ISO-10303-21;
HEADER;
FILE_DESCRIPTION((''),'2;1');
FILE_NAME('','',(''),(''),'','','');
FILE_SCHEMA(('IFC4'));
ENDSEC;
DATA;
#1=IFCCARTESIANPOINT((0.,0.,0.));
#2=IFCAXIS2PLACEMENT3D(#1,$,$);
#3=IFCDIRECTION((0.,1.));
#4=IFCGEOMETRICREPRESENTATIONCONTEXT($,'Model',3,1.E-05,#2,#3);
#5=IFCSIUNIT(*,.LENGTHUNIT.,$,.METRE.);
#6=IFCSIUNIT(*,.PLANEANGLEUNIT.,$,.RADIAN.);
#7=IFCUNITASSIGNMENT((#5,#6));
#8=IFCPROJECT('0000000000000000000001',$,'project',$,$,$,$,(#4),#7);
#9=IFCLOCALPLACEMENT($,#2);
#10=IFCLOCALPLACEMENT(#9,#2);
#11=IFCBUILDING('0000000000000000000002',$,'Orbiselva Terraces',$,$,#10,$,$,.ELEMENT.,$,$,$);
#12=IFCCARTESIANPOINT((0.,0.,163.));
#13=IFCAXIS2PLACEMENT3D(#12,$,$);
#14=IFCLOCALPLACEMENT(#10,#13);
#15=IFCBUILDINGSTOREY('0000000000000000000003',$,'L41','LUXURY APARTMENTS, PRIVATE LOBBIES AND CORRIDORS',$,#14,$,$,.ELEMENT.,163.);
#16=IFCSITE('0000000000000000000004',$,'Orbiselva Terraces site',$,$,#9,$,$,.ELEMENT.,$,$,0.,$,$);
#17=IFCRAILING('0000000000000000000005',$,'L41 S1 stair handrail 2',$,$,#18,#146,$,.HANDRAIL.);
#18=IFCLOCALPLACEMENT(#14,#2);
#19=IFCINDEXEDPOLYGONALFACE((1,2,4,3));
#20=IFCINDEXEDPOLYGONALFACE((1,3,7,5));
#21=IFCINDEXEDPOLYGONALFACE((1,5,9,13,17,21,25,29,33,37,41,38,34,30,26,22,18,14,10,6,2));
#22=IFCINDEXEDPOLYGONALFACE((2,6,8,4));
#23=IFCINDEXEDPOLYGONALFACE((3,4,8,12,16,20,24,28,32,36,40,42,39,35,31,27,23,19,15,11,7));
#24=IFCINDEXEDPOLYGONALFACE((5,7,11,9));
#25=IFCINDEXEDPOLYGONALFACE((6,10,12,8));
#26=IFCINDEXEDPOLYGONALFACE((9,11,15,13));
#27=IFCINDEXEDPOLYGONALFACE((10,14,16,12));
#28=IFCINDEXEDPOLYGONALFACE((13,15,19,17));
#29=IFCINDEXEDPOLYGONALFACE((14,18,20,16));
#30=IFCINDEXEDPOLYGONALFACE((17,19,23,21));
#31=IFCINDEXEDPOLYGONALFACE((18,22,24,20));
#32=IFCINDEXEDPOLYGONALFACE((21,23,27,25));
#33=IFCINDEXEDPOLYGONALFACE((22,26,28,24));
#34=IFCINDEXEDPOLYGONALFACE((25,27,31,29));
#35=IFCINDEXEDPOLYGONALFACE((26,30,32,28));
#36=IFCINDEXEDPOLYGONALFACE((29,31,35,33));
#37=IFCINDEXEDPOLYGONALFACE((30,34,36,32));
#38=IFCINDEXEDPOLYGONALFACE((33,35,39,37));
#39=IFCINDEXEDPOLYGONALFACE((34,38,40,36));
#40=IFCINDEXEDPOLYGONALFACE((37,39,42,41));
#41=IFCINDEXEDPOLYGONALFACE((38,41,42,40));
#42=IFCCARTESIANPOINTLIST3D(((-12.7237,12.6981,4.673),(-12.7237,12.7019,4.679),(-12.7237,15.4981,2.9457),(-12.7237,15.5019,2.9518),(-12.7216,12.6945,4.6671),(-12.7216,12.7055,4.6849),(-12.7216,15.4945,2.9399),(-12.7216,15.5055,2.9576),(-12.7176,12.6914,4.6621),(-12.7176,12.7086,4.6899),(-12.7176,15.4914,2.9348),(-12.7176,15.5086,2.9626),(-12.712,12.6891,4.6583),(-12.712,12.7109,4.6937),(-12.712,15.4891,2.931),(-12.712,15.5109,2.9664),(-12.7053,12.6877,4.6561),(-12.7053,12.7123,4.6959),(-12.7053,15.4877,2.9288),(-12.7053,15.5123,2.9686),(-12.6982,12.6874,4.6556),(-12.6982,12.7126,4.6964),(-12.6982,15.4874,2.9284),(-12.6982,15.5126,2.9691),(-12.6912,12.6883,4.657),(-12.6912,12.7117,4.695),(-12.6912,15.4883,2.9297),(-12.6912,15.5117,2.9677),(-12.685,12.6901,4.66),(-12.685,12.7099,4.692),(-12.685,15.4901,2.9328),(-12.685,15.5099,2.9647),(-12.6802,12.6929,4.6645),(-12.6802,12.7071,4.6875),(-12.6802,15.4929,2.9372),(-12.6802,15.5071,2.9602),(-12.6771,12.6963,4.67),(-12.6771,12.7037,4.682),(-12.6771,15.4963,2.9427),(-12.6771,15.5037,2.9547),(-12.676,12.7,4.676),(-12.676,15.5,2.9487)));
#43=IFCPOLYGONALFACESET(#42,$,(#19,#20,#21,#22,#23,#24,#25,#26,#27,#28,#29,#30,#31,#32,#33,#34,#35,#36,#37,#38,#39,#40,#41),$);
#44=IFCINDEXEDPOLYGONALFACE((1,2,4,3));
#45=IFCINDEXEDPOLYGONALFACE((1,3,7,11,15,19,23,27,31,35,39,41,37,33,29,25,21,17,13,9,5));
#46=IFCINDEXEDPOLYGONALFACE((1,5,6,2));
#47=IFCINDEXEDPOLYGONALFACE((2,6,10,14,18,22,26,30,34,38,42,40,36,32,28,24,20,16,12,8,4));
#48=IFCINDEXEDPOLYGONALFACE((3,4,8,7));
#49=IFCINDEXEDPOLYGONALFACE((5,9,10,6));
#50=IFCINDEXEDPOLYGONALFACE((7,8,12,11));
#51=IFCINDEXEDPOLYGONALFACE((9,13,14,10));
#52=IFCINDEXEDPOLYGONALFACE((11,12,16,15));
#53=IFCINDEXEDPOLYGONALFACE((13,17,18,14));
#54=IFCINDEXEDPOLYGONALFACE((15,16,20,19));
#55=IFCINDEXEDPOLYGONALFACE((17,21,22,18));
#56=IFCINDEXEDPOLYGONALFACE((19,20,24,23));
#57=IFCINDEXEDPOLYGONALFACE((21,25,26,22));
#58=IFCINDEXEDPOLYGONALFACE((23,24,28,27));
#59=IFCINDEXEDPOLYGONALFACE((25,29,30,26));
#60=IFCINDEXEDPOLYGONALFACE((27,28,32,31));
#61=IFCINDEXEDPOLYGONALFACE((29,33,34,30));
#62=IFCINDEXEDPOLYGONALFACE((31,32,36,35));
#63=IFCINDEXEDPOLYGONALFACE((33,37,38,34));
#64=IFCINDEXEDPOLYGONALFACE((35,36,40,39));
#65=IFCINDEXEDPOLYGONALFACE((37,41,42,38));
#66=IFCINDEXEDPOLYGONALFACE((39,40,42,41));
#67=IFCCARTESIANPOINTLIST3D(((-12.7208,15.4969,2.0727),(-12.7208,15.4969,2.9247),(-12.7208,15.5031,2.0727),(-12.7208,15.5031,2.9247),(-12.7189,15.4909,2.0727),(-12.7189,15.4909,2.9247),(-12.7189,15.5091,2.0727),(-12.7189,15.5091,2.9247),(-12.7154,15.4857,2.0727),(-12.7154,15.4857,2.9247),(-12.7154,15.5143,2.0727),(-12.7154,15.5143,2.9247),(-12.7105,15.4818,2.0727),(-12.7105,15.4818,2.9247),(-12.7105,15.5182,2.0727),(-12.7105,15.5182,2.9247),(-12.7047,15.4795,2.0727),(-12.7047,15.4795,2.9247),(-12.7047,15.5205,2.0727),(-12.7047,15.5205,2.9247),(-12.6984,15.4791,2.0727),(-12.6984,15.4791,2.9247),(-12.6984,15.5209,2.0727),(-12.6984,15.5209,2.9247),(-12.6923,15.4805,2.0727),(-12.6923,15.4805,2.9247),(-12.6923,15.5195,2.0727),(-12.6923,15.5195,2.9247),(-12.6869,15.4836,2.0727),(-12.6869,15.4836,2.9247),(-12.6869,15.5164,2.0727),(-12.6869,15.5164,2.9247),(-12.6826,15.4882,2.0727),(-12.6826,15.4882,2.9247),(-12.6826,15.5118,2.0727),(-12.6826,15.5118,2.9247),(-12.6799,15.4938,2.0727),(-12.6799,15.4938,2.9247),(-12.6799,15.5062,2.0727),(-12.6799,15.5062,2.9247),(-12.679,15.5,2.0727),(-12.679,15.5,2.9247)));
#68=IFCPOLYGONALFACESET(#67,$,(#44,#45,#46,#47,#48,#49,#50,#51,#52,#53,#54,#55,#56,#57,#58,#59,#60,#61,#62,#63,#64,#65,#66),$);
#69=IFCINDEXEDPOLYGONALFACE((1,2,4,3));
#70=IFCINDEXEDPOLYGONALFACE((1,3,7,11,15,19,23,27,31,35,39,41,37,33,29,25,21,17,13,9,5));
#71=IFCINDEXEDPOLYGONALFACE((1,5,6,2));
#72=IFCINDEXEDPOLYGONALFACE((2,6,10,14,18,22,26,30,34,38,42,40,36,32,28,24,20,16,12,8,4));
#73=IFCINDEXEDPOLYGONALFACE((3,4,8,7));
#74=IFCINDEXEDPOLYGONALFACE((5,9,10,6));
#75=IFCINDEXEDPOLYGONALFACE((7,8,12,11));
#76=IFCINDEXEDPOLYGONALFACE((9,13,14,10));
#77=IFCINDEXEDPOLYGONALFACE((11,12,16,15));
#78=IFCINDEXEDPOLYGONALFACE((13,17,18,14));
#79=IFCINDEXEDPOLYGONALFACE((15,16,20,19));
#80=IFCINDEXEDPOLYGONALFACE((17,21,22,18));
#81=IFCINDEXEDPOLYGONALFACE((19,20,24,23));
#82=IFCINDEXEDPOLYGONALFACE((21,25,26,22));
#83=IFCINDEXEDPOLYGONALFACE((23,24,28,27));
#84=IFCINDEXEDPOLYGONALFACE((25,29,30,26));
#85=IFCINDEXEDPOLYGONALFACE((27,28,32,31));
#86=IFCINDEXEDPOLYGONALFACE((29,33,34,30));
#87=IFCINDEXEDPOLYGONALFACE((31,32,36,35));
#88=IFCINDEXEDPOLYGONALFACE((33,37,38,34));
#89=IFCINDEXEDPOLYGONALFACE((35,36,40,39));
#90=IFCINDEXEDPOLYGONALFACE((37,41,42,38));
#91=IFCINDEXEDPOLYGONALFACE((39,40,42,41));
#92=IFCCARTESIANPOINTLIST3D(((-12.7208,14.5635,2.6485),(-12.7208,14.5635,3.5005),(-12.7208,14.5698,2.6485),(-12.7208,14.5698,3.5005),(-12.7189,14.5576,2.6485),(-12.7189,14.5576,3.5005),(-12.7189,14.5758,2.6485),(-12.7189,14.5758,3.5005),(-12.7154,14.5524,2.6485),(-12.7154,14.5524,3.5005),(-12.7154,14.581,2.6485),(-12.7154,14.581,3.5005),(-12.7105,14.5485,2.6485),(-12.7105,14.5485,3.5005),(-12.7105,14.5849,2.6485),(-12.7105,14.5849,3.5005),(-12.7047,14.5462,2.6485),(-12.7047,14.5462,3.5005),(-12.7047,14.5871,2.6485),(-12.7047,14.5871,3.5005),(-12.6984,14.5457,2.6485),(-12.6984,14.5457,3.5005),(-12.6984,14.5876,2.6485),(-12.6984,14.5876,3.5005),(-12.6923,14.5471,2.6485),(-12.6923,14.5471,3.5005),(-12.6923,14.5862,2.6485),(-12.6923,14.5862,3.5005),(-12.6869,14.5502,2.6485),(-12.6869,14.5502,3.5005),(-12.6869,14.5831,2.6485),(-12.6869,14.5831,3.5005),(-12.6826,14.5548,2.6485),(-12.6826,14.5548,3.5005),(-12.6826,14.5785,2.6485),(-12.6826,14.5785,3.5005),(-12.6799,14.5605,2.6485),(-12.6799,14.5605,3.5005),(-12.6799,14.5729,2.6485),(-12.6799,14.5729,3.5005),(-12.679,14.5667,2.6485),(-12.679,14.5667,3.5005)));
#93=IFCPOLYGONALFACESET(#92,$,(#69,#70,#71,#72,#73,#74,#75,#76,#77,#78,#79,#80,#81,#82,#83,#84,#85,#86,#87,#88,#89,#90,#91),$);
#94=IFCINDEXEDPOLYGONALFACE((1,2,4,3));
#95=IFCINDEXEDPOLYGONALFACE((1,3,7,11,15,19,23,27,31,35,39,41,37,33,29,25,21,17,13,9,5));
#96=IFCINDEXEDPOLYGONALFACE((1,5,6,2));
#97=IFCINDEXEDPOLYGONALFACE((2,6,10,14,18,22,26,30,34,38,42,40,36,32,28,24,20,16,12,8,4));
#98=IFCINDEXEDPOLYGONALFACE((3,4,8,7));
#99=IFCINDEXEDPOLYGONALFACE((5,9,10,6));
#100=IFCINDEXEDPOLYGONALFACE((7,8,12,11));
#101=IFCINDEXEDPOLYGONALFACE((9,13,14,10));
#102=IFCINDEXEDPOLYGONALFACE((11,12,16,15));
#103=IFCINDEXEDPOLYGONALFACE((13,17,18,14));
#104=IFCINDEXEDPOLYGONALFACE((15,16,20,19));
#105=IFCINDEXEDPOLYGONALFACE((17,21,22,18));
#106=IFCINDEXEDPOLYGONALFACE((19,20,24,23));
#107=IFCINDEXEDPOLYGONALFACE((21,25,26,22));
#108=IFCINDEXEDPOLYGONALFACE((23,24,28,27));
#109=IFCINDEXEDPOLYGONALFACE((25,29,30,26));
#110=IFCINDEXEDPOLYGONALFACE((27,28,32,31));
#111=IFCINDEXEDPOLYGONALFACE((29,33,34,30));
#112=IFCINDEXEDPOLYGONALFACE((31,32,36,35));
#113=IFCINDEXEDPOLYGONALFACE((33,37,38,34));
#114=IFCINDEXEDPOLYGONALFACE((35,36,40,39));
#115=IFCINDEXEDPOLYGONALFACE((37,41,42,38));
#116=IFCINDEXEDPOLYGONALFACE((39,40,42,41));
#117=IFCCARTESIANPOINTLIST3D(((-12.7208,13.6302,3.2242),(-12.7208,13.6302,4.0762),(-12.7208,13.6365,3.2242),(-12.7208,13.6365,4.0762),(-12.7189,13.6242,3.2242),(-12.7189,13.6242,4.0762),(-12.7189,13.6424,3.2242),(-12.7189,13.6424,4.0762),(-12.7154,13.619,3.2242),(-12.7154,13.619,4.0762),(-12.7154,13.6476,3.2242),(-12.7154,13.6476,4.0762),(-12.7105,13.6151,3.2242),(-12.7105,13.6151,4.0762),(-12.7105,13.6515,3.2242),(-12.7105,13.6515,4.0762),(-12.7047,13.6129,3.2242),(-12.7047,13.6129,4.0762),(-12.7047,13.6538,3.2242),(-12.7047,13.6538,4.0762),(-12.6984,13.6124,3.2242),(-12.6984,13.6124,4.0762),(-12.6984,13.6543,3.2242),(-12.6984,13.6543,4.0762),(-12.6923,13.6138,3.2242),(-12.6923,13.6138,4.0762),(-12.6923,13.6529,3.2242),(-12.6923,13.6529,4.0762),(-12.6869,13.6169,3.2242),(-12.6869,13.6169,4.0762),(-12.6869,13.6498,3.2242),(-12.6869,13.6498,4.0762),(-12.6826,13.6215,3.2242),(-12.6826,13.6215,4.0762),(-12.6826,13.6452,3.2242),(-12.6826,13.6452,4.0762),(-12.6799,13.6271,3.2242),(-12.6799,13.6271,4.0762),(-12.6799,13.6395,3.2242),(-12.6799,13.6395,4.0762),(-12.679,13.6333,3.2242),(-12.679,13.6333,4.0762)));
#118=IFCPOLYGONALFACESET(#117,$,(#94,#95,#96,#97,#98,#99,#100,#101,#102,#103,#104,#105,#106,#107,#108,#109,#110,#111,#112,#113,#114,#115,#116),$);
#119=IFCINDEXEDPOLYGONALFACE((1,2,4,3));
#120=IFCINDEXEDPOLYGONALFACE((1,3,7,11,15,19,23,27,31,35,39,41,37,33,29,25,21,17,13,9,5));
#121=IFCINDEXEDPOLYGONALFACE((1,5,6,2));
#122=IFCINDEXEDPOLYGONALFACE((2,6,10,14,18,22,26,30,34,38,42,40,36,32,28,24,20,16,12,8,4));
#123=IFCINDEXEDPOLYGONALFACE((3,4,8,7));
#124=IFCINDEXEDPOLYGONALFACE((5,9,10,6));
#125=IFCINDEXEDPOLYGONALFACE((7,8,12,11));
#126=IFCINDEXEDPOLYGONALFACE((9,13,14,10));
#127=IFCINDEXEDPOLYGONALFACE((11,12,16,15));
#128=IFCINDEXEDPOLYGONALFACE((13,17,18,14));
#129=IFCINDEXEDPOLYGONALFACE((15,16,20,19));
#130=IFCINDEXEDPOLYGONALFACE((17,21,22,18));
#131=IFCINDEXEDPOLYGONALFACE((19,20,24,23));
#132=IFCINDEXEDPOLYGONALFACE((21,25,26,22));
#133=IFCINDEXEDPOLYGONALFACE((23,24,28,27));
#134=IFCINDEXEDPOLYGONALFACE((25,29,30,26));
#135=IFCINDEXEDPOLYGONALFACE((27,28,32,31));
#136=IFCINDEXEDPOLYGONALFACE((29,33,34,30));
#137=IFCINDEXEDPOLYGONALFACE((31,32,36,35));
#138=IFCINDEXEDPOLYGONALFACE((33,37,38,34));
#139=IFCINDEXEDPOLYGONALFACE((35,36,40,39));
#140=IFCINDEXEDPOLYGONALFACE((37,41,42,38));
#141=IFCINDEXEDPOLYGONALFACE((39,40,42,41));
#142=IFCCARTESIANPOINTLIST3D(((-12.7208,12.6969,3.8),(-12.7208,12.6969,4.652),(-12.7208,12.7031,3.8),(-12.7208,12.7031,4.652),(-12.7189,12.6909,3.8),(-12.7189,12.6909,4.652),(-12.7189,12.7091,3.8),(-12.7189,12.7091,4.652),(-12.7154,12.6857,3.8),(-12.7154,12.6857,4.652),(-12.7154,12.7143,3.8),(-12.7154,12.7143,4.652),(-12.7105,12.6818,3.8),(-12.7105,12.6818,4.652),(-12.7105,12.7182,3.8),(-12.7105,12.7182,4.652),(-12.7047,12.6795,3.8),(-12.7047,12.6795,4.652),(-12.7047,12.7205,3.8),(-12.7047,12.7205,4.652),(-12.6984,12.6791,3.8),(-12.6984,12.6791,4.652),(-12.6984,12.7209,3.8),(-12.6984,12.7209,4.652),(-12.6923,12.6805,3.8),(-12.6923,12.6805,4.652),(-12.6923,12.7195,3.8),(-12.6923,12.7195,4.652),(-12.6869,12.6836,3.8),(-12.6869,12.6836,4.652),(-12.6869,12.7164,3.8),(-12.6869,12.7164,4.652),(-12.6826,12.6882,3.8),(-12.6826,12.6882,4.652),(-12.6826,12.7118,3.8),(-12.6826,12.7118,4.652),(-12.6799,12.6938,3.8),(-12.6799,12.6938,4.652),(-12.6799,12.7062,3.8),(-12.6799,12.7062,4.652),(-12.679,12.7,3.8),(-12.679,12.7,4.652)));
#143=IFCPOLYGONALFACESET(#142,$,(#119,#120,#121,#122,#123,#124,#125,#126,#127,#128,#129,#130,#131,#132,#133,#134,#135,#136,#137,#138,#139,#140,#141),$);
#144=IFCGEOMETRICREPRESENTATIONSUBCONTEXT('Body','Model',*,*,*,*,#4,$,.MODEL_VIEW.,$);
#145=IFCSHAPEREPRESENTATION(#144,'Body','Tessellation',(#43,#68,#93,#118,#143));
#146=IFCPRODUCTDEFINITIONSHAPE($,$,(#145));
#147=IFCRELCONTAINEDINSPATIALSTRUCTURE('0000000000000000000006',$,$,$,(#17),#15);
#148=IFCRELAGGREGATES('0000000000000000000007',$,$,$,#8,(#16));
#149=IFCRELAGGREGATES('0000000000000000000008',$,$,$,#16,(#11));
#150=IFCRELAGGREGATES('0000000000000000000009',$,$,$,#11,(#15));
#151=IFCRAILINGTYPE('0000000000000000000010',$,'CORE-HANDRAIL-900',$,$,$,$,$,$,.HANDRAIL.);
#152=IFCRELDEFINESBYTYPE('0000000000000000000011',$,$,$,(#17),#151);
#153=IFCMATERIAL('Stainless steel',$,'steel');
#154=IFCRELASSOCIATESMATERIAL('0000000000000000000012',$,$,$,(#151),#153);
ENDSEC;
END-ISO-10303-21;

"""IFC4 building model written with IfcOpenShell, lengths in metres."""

from ifc_helpers import new_model, si_unit, direction, frame, origin, origin_2d, place, context, subcontext, project, spatial, circle, extrude, material, type_object, element, save


model = new_model("IFC4")

# Units and contexts
model_context = context("Model", 3, precision=1e-05, world=origin(), true_north=direction((0.0, 1.0)))
body_context = subcontext(model_context, "Body", "Model", "MODEL_VIEW")
ifc_project = project(units=[si_unit("LENGTHUNIT", "METRE"), si_unit("PLANEANGLEUNIT", "RADIAN")], contexts=[model_context])

# Site, building, storey
site_placement = place(None, origin())
site = spatial("IfcSite", under=ifc_project, at=site_placement, Name="Orbiselva Terraces site", CompositionType="ELEMENT", RefElevation=0.0)
building_placement = place(site_placement, origin())
building = spatial("IfcBuilding", under=site, at=building_placement, Name="Orbiselva Terraces", CompositionType="ELEMENT")
storey_placement = place(building_placement, frame((0.0, 0.0, 163.0)))
storey = spatial("IfcBuildingStorey", under=building, at=storey_placement, Name="L41", Description="LUXURY APARTMENTS, PRIVATE LOBBIES AND CORRIDORS", CompositionType="ELEMENT", Elevation=163.0)

# Railing
ifc_material_1 = material(Name="Stainless steel", Category="steel")
railing_type = type_object("IfcRailingType", Name="CORE-HANDRAIL-900", PredefinedType="HANDRAIL", material=ifc_material_1)
railing_1_placement = place(storey_placement, frame((-12.7, 15.5, 2.0727)))
element("IfcRailing", 1, at=railing_1_placement, inside=storey, type_object=railing_type, Name="L41 S1 stair handrail 2", PredefinedType="HANDRAIL", context=body_context, shape_type="SweptSolid", body=[
    extrude(circle(Radius=0.024, at=origin_2d()), frame((0.0, 0.0, 0.876), z_axis=(0.0, -0.851089, 0.525022), x_axis=(1.0, 0.0, 0.0)), (0.0, 0.0, 1.0), 3.2899),
    extrude(circle(Radius=0.021, at=origin_2d()), origin(), (0.0, 0.0, 1.0), 0.852),
    extrude(circle(Radius=0.021, at=origin_2d()), frame((0.0, -0.9333, 0.5758)), (0.0, 0.0, 1.0), 0.852),
    extrude(circle(Radius=0.021, at=origin_2d()), frame((0.0, -1.8667, 1.1515)), (0.0, 0.0, 1.0), 0.852),
    extrude(circle(Radius=0.021, at=origin_2d()), frame((0.0, -2.8, 1.7273)), (0.0, 0.0, 1.0), 0.852),
])

save(model, "model.ifc")
